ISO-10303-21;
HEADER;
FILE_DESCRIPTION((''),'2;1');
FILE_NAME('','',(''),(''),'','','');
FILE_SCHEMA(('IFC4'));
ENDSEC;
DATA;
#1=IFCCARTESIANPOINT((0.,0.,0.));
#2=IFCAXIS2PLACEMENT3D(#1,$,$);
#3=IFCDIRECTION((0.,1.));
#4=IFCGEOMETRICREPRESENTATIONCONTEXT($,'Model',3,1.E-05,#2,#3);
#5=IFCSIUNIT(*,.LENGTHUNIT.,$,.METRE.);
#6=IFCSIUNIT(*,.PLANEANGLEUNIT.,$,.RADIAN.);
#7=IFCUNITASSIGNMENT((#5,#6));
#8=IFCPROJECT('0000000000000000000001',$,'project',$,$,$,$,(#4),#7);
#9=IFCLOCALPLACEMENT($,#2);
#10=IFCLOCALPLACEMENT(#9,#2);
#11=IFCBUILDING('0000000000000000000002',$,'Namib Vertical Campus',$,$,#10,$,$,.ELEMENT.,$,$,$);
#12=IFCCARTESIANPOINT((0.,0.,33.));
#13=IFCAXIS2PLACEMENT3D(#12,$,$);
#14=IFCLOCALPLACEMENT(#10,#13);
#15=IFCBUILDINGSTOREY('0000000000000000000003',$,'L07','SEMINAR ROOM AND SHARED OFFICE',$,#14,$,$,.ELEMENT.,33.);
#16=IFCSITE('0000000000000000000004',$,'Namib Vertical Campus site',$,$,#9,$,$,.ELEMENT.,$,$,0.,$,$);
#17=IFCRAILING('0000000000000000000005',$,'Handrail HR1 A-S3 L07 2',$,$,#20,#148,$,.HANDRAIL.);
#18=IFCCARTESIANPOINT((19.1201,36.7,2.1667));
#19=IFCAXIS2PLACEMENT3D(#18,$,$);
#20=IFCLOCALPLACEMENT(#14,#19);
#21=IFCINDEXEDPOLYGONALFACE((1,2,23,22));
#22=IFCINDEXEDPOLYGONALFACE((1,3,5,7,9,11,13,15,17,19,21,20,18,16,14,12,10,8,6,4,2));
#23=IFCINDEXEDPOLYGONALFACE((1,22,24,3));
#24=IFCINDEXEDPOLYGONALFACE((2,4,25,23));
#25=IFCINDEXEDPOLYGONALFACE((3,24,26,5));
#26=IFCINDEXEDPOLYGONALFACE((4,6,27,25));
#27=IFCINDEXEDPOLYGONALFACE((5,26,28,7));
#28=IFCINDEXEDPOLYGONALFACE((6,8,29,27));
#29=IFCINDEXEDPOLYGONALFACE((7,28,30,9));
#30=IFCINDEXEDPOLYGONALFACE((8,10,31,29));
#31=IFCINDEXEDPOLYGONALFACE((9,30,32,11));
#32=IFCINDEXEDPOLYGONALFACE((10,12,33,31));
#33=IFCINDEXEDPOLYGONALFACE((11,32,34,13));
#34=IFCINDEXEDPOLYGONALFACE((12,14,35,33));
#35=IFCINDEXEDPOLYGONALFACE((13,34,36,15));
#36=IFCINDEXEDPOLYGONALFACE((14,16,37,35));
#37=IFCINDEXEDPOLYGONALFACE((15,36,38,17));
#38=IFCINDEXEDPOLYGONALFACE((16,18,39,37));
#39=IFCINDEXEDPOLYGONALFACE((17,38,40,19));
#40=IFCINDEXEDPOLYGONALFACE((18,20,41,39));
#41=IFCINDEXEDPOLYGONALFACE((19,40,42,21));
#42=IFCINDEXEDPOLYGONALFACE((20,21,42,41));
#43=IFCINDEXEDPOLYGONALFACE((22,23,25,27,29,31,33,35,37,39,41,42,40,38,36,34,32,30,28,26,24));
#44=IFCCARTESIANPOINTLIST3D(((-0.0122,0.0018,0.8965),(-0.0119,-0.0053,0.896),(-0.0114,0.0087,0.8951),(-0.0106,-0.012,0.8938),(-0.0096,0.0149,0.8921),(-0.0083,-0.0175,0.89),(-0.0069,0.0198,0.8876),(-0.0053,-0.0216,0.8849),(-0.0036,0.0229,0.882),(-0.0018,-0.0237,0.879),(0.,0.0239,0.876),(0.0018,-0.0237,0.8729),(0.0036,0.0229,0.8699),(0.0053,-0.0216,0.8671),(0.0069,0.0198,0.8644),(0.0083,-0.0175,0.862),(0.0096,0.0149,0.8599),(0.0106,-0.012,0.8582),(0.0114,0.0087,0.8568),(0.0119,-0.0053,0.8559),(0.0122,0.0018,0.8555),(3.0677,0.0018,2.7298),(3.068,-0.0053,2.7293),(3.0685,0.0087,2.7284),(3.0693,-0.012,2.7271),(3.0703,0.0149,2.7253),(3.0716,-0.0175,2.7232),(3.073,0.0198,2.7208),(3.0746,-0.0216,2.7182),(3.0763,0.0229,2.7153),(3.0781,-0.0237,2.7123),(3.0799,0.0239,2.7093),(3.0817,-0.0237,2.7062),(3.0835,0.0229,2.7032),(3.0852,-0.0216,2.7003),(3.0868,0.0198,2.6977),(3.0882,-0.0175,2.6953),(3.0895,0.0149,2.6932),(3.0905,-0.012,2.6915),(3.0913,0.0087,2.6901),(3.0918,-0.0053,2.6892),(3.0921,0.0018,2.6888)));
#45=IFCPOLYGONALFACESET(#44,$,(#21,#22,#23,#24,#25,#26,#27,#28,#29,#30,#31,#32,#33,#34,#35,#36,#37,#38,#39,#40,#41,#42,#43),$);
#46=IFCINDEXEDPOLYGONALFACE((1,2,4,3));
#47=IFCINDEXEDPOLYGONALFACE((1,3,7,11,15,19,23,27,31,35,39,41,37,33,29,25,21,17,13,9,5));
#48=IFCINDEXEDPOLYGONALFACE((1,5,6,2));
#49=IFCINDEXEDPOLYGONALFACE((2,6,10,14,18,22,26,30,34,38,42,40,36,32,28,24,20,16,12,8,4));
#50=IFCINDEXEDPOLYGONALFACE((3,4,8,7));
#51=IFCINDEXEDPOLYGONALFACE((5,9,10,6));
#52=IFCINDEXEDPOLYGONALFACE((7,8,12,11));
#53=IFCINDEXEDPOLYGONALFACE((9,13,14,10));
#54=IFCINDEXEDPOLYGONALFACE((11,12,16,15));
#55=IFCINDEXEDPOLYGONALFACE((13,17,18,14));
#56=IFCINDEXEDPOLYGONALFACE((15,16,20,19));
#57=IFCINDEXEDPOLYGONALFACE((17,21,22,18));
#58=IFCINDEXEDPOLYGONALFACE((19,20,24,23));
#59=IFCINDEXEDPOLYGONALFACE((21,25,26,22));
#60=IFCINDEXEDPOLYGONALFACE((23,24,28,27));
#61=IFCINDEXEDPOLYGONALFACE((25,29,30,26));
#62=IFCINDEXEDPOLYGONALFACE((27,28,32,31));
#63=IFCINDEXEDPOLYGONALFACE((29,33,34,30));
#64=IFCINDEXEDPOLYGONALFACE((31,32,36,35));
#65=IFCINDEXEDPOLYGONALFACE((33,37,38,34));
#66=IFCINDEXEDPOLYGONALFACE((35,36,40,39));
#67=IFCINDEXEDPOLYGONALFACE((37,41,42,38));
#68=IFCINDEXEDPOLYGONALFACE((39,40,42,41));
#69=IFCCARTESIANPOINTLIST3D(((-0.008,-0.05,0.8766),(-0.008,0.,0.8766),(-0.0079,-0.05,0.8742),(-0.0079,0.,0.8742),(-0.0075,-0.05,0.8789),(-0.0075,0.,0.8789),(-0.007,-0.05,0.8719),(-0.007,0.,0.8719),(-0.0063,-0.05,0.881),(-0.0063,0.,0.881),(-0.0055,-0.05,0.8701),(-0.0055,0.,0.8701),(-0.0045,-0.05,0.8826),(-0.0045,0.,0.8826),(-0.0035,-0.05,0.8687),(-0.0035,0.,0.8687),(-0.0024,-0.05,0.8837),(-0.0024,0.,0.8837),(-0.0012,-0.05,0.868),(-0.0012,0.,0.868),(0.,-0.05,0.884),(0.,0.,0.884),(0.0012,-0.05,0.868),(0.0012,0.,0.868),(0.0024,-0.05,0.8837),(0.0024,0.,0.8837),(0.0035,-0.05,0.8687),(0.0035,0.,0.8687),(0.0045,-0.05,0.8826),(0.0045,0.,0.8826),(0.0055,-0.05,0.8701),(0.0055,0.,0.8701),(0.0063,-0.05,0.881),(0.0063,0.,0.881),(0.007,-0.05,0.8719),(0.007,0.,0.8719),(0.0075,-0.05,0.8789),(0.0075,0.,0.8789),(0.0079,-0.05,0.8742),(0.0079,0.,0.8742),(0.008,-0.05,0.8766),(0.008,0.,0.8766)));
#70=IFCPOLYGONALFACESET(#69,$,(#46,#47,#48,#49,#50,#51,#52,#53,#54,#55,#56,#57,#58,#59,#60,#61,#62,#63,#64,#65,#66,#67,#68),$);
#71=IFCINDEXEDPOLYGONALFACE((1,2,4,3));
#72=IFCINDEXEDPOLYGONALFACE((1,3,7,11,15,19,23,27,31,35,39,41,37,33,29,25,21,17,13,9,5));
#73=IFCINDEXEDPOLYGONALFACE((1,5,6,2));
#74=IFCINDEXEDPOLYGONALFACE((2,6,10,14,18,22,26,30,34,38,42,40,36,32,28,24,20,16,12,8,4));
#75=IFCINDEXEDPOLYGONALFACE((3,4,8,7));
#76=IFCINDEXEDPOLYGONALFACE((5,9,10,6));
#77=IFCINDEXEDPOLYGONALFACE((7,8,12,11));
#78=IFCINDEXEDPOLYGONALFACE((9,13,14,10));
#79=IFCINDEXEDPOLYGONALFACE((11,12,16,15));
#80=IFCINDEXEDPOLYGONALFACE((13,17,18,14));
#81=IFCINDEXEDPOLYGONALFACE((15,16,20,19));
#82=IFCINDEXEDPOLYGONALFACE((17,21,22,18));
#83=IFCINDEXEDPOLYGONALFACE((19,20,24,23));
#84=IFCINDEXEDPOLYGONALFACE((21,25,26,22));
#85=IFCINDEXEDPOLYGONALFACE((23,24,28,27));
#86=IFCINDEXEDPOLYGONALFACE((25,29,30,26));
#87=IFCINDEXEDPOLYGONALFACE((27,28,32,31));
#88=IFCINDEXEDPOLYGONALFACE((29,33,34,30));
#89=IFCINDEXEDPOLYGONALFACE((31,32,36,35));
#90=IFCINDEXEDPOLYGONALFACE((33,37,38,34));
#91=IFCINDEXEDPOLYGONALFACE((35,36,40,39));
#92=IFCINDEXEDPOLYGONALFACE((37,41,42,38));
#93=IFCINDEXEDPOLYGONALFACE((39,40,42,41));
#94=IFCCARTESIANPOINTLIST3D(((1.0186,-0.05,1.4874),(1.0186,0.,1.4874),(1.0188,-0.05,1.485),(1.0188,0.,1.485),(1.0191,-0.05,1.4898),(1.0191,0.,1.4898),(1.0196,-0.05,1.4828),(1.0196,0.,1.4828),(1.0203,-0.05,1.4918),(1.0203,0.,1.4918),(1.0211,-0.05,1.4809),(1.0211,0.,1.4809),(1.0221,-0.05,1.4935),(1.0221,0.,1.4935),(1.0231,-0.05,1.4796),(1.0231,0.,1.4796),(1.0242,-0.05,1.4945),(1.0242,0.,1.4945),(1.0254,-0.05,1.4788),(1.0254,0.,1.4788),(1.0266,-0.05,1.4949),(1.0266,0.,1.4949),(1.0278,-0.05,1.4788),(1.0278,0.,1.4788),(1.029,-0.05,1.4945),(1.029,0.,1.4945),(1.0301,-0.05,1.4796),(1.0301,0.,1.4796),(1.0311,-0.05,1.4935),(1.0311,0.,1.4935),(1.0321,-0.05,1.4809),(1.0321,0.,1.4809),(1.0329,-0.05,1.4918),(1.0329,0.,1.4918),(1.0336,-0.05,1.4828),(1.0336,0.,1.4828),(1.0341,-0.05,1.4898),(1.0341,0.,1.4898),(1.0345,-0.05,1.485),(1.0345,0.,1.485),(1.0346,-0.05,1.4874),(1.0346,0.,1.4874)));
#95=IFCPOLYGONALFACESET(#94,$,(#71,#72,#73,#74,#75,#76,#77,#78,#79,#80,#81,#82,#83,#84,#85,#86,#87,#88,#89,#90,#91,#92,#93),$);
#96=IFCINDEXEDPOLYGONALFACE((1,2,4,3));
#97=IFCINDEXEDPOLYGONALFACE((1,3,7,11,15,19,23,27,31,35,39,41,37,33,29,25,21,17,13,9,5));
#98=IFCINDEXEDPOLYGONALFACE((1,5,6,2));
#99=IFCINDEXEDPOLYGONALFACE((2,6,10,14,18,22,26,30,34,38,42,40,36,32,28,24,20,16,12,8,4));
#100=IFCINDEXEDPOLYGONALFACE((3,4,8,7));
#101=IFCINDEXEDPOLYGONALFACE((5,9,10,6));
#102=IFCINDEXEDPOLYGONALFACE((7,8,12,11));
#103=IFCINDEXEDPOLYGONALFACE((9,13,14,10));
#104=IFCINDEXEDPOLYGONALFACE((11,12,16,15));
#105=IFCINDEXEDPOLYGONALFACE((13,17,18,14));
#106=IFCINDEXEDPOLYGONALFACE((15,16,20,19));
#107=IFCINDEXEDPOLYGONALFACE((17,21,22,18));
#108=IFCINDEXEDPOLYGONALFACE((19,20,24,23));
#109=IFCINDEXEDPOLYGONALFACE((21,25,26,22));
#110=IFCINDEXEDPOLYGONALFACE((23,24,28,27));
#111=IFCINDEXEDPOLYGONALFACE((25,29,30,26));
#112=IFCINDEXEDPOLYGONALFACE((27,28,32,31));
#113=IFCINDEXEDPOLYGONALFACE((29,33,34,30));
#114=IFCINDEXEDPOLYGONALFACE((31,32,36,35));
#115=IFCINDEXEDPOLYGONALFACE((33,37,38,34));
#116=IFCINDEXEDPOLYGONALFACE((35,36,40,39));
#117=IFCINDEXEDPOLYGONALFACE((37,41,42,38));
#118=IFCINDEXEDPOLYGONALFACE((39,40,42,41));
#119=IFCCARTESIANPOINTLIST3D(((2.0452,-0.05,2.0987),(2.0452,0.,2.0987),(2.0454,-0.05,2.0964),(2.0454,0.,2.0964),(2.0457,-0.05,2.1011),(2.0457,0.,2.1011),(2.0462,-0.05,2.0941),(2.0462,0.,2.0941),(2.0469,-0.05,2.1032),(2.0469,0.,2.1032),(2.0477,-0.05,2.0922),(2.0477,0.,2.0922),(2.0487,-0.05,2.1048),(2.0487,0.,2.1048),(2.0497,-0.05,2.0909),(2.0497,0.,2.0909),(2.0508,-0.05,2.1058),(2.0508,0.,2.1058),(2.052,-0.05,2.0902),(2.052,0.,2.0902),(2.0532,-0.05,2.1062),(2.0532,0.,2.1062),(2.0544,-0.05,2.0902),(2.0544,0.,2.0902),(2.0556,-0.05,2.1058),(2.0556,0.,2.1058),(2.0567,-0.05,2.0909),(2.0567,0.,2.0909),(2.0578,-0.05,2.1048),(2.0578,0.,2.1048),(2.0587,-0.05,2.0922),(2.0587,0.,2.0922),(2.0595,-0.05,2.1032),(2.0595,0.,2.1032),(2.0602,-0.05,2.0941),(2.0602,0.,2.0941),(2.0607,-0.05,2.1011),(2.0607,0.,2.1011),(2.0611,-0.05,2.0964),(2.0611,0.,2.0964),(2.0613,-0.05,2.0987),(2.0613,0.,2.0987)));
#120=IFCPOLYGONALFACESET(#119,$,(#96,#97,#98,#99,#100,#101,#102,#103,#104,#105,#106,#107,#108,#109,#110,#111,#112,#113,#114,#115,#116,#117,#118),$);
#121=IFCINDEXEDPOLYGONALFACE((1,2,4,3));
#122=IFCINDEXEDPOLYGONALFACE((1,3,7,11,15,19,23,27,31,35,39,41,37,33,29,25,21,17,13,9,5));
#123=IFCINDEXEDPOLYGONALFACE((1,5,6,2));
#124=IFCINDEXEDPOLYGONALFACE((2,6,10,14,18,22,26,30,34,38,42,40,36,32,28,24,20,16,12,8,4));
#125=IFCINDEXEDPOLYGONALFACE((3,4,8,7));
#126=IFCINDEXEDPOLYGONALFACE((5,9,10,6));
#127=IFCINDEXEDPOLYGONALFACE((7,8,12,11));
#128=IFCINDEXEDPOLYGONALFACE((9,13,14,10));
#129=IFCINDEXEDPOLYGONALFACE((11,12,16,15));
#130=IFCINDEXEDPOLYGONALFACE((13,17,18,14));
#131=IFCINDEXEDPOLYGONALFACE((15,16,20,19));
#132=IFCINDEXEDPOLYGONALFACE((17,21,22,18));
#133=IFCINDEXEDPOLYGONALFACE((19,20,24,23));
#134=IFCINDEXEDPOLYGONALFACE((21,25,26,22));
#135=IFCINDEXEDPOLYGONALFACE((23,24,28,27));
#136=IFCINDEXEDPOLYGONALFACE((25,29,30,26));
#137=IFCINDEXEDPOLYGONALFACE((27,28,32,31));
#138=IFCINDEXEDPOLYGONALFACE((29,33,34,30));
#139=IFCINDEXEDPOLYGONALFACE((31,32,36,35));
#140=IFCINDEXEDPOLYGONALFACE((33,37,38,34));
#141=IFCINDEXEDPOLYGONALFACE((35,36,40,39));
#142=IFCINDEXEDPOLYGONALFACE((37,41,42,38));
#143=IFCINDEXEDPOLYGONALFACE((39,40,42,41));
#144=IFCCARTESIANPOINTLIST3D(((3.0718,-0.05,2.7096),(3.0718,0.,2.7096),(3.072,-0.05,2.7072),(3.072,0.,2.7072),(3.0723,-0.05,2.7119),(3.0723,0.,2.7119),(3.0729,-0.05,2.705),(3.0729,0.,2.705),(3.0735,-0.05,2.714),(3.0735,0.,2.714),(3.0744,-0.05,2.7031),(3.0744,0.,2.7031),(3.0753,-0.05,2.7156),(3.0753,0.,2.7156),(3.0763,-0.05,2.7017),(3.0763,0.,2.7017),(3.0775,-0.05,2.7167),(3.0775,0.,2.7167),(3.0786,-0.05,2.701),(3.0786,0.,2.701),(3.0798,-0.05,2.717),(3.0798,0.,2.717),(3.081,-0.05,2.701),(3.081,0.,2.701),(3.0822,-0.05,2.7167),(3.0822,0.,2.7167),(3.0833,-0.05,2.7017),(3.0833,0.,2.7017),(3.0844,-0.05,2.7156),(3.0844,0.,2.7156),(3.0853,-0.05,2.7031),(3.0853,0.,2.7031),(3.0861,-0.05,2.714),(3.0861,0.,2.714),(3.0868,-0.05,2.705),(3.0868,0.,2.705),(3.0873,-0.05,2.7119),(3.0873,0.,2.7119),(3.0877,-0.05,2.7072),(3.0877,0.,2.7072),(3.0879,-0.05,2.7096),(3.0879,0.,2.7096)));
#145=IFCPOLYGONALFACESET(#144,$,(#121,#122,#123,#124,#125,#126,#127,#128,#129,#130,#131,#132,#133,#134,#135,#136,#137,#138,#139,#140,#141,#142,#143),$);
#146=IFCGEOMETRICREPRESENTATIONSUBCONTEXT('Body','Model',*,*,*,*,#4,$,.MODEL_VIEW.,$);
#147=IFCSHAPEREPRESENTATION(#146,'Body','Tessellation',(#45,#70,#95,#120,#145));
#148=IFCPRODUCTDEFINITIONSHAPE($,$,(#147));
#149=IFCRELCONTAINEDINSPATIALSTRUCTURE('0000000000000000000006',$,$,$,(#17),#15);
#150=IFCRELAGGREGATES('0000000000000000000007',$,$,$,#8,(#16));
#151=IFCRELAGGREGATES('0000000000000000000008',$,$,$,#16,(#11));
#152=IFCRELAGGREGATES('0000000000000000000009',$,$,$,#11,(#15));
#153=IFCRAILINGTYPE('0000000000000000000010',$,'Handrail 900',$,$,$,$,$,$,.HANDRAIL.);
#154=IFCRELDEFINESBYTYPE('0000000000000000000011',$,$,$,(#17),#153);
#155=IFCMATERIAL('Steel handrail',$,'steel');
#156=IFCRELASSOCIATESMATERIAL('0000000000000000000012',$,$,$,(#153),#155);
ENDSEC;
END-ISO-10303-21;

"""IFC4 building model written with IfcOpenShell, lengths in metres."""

from ifc_helpers import new_model, si_unit, direction, frame, origin, origin_2d, place, context, subcontext, project, spatial, circle, extrude, material, type_object, element, save


model = new_model("IFC4")

# Units and contexts
model_context = context("Model", 3, precision=1e-05, world=origin(), true_north=direction((0.0, 1.0)))
body_context = subcontext(model_context, "Body", "Model", "MODEL_VIEW")
ifc_project = project(units=[si_unit("LENGTHUNIT", "METRE"), si_unit("PLANEANGLEUNIT", "RADIAN")], contexts=[model_context])

# Site, building, storey
site_placement = place(None, origin())
site = spatial("IfcSite", under=ifc_project, at=site_placement, Name="Namib Vertical Campus site", CompositionType="ELEMENT", RefElevation=0.0)
building_placement = place(site_placement, origin())
building = spatial("IfcBuilding", under=site, at=building_placement, Name="Namib Vertical Campus", CompositionType="ELEMENT")
storey_placement = place(building_placement, frame((0.0, 0.0, 33.0)))
storey = spatial("IfcBuildingStorey", under=building, at=storey_placement, Name="L07", Description="SEMINAR ROOM AND SHARED OFFICE", CompositionType="ELEMENT", Elevation=33.0)

# Railing
ifc_material_1 = material(Name="Steel handrail", Category="steel")
railing_type = type_object("IfcRailingType", Name="Handrail 900", PredefinedType="HANDRAIL", material=ifc_material_1)
railing_1_placement = place(storey_placement, frame((19.1201, 36.7, 2.1667)))
element("IfcRailing", 1, at=railing_1_placement, inside=storey, type_object=railing_type, Name="Handrail HR1 A-S3 L07 2", PredefinedType="HANDRAIL", context=body_context, shape_type="SweptSolid", body=[
    extrude(circle(Radius=0.0239, at=origin_2d()), frame((0.0, 0.0, 0.876), z_axis=(0.859291, 0.0, 0.511487), x_axis=(0.0, 1.0, 0.0)), (0.0, 0.0, 1.0), 3.5842),
    extrude(circle(Radius=0.0081, at=origin_2d()), frame((0.0, 0.0, 0.876), z_axis=(0.0, -1.0, 0.0), x_axis=(0.0, 0.0, 1.0)), (0.0, 0.0, 1.0), 0.05),
    extrude(circle(Radius=0.0081, at=origin_2d()), frame((1.0266, 0.0, 1.4868), z_axis=(0.0, -1.0, 0.0), x_axis=(0.0, 0.0, 1.0)), (0.0, 0.0, 1.0), 0.05),
    extrude(circle(Radius=0.0081, at=origin_2d()), frame((2.0532, 0.0, 2.0981), z_axis=(0.0, -1.0, 0.0), x_axis=(0.0, 0.0, 1.0)), (0.0, 0.0, 1.0), 0.05),
    extrude(circle(Radius=0.0081, at=origin_2d()), frame((3.0798, 0.0, 2.709), z_axis=(0.0, -1.0, 0.0), x_axis=(0.0, 0.0, 1.0)), (0.0, 0.0, 1.0), 0.05),
])

save(model, "model.ifc")
